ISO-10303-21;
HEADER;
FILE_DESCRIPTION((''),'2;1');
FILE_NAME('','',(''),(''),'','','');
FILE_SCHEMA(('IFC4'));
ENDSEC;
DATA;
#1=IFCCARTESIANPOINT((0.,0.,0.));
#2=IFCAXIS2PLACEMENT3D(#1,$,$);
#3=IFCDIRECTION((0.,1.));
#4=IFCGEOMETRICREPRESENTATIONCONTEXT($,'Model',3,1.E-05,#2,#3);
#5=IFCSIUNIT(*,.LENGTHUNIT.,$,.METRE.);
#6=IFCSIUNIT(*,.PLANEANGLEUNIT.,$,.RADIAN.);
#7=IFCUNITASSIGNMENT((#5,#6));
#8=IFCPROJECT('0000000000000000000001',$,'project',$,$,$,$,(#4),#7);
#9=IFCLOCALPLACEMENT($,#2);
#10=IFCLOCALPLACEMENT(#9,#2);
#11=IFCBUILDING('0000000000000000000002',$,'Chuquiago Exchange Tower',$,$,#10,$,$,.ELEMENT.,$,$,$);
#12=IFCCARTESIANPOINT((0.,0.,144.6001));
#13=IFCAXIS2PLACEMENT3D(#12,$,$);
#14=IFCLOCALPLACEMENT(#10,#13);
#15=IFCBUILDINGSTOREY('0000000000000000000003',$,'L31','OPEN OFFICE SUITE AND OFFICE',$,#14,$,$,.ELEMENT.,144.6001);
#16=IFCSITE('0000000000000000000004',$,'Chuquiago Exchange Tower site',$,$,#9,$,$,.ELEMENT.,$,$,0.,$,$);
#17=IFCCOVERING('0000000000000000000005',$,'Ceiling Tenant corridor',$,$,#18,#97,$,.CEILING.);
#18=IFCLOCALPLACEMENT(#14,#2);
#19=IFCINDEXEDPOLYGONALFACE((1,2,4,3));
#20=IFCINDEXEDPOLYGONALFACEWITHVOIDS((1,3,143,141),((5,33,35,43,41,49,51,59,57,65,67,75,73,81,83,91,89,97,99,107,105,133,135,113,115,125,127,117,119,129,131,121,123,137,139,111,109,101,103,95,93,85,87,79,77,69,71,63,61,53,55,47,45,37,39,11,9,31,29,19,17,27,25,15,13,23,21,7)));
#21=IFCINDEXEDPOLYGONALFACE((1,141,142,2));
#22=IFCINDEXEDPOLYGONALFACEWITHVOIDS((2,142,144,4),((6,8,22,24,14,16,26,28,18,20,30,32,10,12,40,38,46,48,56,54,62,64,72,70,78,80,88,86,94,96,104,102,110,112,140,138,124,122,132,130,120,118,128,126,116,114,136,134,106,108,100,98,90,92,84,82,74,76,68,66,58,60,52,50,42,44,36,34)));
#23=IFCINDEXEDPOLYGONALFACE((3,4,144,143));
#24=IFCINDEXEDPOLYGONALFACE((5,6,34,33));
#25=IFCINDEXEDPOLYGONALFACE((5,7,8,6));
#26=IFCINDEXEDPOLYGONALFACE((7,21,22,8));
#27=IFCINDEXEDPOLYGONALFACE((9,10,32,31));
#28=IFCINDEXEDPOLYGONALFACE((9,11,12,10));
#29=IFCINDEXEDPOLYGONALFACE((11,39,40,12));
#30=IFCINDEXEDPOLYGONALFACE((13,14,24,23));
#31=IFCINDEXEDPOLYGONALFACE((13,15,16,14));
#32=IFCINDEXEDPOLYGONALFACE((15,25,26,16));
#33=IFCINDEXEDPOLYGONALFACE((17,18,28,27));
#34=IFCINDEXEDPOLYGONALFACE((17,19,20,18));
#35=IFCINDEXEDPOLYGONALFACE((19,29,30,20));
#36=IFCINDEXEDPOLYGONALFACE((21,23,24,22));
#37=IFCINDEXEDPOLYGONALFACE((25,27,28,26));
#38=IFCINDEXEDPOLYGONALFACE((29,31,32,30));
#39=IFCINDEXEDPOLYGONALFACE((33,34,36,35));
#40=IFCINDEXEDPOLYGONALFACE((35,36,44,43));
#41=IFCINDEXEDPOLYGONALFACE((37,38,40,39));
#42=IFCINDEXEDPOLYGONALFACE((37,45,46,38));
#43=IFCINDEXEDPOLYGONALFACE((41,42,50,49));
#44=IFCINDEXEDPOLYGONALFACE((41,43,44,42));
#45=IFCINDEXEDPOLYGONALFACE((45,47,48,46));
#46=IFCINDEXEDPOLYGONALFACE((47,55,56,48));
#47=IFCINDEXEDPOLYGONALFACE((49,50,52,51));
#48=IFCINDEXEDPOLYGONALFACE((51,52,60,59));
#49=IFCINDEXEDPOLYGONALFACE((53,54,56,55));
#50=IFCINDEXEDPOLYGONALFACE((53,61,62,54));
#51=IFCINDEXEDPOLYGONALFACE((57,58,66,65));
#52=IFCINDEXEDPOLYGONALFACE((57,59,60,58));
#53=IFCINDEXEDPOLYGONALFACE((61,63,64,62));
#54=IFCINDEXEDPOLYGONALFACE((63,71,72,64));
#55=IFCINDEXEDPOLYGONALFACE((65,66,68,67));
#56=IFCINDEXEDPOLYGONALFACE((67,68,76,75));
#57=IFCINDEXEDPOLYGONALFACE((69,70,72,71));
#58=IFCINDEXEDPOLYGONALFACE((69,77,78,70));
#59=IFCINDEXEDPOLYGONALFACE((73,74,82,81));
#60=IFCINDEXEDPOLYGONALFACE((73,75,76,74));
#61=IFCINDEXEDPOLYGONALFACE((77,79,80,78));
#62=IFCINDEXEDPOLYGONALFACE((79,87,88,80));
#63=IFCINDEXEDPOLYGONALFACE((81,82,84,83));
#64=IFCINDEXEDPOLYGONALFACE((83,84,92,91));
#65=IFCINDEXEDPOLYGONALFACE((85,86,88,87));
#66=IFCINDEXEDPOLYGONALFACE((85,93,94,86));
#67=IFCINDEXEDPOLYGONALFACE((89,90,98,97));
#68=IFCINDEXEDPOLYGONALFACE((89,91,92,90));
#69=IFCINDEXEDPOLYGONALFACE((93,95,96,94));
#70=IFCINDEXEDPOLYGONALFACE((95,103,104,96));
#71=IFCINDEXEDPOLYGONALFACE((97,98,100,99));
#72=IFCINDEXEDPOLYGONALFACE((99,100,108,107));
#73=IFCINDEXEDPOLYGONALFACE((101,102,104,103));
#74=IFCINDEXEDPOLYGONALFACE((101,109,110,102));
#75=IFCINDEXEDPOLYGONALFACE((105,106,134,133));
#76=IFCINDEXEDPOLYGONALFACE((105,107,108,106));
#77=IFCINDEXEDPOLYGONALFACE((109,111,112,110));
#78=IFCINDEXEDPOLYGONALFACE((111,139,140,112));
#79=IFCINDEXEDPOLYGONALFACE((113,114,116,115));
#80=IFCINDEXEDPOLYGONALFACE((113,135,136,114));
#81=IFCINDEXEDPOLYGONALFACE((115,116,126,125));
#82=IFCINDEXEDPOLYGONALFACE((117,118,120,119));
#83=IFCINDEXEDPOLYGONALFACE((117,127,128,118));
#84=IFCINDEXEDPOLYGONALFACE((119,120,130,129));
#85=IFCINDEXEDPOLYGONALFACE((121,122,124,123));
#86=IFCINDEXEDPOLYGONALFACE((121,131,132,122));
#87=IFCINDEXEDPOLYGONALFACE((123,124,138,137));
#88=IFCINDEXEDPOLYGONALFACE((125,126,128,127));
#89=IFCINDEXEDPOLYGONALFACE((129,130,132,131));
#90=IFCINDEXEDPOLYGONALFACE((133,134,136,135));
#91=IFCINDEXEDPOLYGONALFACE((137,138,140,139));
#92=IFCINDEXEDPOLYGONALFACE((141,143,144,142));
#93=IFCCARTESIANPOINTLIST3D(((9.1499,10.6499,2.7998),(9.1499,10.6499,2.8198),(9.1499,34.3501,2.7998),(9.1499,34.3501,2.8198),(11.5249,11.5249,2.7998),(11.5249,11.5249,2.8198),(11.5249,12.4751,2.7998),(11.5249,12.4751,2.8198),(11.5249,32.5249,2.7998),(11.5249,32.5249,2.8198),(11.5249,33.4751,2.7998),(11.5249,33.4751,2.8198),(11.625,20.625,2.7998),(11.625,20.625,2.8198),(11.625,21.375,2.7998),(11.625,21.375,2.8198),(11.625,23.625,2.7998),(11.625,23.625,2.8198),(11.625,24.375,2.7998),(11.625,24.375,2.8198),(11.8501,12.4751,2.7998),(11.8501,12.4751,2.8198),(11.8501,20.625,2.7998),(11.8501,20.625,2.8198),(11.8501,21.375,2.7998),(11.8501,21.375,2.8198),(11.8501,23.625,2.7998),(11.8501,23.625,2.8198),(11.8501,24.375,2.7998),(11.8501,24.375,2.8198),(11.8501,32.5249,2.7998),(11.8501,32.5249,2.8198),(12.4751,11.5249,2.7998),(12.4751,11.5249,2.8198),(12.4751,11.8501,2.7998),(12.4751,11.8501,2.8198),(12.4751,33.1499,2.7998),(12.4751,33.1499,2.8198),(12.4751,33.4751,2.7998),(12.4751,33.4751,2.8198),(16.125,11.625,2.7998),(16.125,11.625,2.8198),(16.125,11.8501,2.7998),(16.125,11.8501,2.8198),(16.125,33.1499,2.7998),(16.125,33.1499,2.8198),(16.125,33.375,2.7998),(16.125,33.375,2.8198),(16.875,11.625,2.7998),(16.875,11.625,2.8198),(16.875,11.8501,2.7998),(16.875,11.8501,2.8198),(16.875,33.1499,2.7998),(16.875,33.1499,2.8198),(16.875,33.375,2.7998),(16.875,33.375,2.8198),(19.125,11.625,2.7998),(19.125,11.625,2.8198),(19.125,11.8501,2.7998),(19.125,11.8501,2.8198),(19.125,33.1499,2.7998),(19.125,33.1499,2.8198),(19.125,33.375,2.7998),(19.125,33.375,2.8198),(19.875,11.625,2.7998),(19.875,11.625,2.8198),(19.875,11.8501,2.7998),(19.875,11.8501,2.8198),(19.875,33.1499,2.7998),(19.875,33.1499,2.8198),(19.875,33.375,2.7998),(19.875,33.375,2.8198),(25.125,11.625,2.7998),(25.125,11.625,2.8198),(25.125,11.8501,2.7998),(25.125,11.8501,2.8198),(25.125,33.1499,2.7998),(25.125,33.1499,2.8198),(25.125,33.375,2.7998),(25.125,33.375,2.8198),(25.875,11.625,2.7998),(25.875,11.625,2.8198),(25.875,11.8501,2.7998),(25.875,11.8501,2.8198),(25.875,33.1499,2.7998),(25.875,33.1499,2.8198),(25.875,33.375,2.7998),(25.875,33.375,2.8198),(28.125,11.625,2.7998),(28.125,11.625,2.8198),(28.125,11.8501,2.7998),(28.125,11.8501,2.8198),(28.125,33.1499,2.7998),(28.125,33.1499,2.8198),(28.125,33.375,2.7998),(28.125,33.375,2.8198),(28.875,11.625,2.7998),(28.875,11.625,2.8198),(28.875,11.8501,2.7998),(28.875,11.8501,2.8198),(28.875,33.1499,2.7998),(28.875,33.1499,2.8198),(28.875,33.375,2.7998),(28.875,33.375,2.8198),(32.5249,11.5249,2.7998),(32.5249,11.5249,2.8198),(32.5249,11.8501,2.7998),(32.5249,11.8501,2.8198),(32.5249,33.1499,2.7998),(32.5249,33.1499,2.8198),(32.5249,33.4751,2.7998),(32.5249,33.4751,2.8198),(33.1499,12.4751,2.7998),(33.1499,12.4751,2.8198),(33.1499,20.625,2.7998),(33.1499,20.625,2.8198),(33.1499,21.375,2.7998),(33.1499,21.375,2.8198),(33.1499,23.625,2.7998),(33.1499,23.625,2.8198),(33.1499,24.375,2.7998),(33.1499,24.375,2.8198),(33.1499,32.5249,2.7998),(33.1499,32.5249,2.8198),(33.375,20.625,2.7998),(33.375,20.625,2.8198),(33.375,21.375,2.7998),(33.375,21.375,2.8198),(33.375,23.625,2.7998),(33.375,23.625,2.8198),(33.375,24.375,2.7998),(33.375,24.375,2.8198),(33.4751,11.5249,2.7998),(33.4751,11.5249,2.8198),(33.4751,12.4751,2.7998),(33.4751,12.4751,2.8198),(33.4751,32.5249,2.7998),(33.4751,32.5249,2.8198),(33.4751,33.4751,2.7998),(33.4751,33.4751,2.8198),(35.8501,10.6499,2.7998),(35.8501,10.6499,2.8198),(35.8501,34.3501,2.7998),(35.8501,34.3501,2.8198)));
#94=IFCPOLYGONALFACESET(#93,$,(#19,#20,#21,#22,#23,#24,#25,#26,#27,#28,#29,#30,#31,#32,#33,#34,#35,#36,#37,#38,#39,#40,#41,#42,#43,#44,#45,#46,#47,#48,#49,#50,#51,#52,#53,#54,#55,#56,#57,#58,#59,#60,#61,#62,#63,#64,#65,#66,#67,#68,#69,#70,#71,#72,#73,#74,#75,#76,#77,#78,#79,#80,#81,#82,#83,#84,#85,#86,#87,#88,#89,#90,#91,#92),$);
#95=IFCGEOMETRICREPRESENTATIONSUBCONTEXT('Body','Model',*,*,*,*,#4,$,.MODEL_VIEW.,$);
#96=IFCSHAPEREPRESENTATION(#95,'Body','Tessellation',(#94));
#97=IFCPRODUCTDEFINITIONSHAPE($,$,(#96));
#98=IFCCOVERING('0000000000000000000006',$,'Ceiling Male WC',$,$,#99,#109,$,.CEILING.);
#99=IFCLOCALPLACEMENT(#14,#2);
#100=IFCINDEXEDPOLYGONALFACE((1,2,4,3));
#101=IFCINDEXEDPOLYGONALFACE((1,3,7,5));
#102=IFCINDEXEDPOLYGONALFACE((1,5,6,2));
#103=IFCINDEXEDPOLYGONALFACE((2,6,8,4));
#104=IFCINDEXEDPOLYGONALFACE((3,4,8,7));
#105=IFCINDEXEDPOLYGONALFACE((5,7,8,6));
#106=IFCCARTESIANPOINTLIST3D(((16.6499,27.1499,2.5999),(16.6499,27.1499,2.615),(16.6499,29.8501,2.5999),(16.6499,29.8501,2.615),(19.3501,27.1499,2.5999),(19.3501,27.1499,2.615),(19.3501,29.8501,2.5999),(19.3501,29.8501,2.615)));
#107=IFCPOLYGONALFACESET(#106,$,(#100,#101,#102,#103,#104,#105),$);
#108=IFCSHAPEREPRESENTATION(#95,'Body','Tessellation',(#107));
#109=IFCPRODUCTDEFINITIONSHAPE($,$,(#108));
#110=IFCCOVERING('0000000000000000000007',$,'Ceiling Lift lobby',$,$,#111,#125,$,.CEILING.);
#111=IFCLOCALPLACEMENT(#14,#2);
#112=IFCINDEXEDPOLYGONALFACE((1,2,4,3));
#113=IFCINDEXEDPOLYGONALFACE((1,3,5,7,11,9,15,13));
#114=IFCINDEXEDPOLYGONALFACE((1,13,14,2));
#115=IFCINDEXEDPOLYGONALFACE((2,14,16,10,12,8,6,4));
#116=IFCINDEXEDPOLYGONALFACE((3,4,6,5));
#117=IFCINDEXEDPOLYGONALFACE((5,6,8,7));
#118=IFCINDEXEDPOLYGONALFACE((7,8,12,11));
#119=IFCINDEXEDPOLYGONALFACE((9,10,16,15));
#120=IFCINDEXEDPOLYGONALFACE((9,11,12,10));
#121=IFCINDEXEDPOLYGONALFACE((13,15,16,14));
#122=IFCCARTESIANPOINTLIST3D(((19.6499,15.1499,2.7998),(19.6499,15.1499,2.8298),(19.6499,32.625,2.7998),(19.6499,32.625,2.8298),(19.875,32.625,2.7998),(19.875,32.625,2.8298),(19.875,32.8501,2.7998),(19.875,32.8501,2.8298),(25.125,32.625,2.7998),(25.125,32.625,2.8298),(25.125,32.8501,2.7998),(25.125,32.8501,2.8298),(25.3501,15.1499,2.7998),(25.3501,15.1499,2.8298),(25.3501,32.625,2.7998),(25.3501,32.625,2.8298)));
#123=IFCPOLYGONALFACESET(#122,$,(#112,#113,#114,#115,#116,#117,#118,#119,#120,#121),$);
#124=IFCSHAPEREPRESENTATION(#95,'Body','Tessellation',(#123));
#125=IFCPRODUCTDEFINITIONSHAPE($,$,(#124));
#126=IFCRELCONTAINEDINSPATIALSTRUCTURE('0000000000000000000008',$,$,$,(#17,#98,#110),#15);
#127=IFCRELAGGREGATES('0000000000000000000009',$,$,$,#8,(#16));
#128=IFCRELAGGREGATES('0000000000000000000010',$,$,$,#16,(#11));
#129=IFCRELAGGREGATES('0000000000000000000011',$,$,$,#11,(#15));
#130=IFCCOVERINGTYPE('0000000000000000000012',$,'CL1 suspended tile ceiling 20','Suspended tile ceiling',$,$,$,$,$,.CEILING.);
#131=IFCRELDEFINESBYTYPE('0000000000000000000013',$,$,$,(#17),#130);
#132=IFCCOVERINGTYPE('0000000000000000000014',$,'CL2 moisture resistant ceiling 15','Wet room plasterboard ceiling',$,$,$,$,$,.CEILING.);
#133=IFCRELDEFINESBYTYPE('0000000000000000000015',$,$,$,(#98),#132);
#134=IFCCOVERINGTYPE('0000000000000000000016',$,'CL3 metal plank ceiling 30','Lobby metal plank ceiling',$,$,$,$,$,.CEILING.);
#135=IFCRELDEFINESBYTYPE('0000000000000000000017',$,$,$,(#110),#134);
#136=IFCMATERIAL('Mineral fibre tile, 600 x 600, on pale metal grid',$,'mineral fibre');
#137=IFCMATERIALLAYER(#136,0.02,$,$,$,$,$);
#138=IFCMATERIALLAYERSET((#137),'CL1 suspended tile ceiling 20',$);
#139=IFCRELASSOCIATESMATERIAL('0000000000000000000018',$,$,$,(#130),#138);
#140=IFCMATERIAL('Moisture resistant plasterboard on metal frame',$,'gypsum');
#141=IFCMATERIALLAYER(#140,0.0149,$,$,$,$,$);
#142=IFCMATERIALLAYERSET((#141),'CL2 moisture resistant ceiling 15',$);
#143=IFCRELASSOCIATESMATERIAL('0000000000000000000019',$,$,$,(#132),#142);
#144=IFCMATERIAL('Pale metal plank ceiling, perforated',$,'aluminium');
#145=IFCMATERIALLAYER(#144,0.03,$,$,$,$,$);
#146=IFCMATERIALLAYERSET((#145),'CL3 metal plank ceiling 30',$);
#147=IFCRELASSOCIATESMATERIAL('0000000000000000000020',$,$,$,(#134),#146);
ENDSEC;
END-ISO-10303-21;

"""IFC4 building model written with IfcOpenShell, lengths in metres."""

from ifc_helpers import new_model, si_unit, direction, frame, origin, place, context, subcontext, project, spatial, polyline, outline, extrude, material, layer, layer_set, type_object, element, save


model = new_model("IFC4")

# Units and contexts
model_context = context("Model", 3, precision=1e-05, world=origin(), true_north=direction((0.0, 1.0)))
body_context = subcontext(model_context, "Body", "Model", "MODEL_VIEW")
ifc_project = project(units=[si_unit("LENGTHUNIT", "METRE"), si_unit("PLANEANGLEUNIT", "RADIAN")], contexts=[model_context])

# Site, building, storey
site_placement = place(None, origin())
site = spatial("IfcSite", under=ifc_project, at=site_placement, Name="Chuquiago Exchange Tower site", CompositionType="ELEMENT", RefElevation=0.0)
building_placement = place(site_placement, origin())
building = spatial("IfcBuilding", under=site, at=building_placement, Name="Chuquiago Exchange Tower", CompositionType="ELEMENT")
storey_placement = place(building_placement, frame((0.0, 0.0, 144.6001)))
storey = spatial("IfcBuildingStorey", under=building, at=storey_placement, Name="L31", Description="OPEN OFFICE SUITE AND OFFICE", CompositionType="ELEMENT", Elevation=144.6001)

# Coverings
ifc_material_1 = material(Name="Mineral fibre tile, 600 x 600, on pale metal grid", Category="mineral fibre")
ifc_layer_1 = layer(ifc_material_1, 0.02)
ifc_layer_set_1 = layer_set([ifc_layer_1], Name="CL1 suspended tile ceiling 20")
covering_type_1 = type_object("IfcCoveringType", Name="CL1 suspended tile ceiling 20", Description="Suspended tile ceiling", PredefinedType="CEILING", material=ifc_layer_set_1)
covering_1_placement = place(storey_placement, frame((0.0, 0.0, 2.7998)))
element("IfcCovering", 1, at=covering_1_placement, inside=storey, type_object=covering_type_1, Name="Ceiling Tenant corridor", PredefinedType="CEILING", context=body_context, shape_type="SweptSolid", body=[
    extrude(outline(polyline([(9.1499, 34.3501), (35.8501, 34.3501), (35.8501, 10.6499), (9.1499, 10.6499), (9.1499, 34.3501)]), holes=[polyline([(11.8501, 24.375), (11.625, 24.375), (11.625, 23.625), (11.8501, 23.625), (11.8501, 21.375), (11.625, 21.375), (11.625, 20.625), (11.8501, 20.625), (11.8501, 12.4751), (11.5249, 12.4751), (11.5249, 11.5249), (12.4751, 11.5249), (12.4751, 11.8501), (16.125, 11.8501), (16.125, 11.625), (16.875, 11.625), (16.875, 11.8501), (19.125, 11.8501), (19.125, 11.625), (19.875, 11.625), (19.875, 11.8501), (25.125, 11.8501), (25.125, 11.625), (25.875, 11.625), (25.875, 11.8501), (28.125, 11.8501), (28.125, 11.625), (28.875, 11.625), (28.875, 11.8501), (32.5249, 11.8501), (32.5249, 11.5249), (33.4751, 11.5249), (33.4751, 12.4751), (33.1499, 12.4751), (33.1499, 20.625), (33.375, 20.625), (33.375, 21.375), (33.1499, 21.375), (33.1499, 23.625), (33.375, 23.625), (33.375, 24.375), (33.1499, 24.375), (33.1499, 32.5249), (33.4751, 32.5249), (33.4751, 33.4751), (32.5249, 33.4751), (32.5249, 33.1499), (28.875, 33.1499), (28.875, 33.375), (28.125, 33.375), (28.125, 33.1499), (25.875, 33.1499), (25.875, 33.375), (25.125, 33.375), (25.125, 33.1499), (19.875, 33.1499), (19.875, 33.375), (19.125, 33.375), (19.125, 33.1499), (16.875, 33.1499), (16.875, 33.375), (16.125, 33.375), (16.125, 33.1499), (12.4751, 33.1499), (12.4751, 33.4751), (11.5249, 33.4751), (11.5249, 32.5249), (11.8501, 32.5249), (11.8501, 24.375)])]), origin(), (0.0, 0.0, 1.0), 0.02),
])
ifc_material_2 = material(Name="Moisture resistant plasterboard on metal frame", Category="gypsum")
ifc_layer_2 = layer(ifc_material_2, 0.0149)
ifc_layer_set_2 = layer_set([ifc_layer_2], Name="CL2 moisture resistant ceiling 15")
covering_type_2 = type_object("IfcCoveringType", Name="CL2 moisture resistant ceiling 15", Description="Wet room plasterboard ceiling", PredefinedType="CEILING", material=ifc_layer_set_2)
covering_2_placement = place(storey_placement, frame((0.0, 0.0, 2.5999)))
element("IfcCovering", 2, at=covering_2_placement, inside=storey, type_object=covering_type_2, Name="Ceiling Male WC", PredefinedType="CEILING", context=body_context, shape_type="SweptSolid", body=[
    extrude(outline(polyline([(16.6499, 27.1499), (16.6499, 29.8501), (19.3501, 29.8501), (19.3501, 27.1499), (16.6499, 27.1499)])), origin(), (0.0, 0.0, 1.0), 0.0151),
])
ifc_material_3 = material(Name="Pale metal plank ceiling, perforated", Category="aluminium")
ifc_layer_3 = layer(ifc_material_3, 0.03)
ifc_layer_set_3 = layer_set([ifc_layer_3], Name="CL3 metal plank ceiling 30")
covering_type_3 = type_object("IfcCoveringType", Name="CL3 metal plank ceiling 30", Description="Lobby metal plank ceiling", PredefinedType="CEILING", material=ifc_layer_set_3)
covering_3_placement = place(storey_placement, frame((0.0, 0.0, 2.7998)))
element("IfcCovering", 3, at=covering_3_placement, inside=storey, type_object=covering_type_3, Name="Ceiling Lift lobby", PredefinedType="CEILING", context=body_context, shape_type="SweptSolid", body=[
    extrude(outline(polyline([(19.6499, 15.1499), (19.6499, 32.625), (19.875, 32.625), (19.875, 32.8501), (25.125, 32.8501), (25.125, 32.625), (25.3501, 32.625), (25.3501, 15.1499), (19.6499, 15.1499)])), origin(), (0.0, 0.0, 1.0), 0.03),
])

save(model, "model.ifc")
